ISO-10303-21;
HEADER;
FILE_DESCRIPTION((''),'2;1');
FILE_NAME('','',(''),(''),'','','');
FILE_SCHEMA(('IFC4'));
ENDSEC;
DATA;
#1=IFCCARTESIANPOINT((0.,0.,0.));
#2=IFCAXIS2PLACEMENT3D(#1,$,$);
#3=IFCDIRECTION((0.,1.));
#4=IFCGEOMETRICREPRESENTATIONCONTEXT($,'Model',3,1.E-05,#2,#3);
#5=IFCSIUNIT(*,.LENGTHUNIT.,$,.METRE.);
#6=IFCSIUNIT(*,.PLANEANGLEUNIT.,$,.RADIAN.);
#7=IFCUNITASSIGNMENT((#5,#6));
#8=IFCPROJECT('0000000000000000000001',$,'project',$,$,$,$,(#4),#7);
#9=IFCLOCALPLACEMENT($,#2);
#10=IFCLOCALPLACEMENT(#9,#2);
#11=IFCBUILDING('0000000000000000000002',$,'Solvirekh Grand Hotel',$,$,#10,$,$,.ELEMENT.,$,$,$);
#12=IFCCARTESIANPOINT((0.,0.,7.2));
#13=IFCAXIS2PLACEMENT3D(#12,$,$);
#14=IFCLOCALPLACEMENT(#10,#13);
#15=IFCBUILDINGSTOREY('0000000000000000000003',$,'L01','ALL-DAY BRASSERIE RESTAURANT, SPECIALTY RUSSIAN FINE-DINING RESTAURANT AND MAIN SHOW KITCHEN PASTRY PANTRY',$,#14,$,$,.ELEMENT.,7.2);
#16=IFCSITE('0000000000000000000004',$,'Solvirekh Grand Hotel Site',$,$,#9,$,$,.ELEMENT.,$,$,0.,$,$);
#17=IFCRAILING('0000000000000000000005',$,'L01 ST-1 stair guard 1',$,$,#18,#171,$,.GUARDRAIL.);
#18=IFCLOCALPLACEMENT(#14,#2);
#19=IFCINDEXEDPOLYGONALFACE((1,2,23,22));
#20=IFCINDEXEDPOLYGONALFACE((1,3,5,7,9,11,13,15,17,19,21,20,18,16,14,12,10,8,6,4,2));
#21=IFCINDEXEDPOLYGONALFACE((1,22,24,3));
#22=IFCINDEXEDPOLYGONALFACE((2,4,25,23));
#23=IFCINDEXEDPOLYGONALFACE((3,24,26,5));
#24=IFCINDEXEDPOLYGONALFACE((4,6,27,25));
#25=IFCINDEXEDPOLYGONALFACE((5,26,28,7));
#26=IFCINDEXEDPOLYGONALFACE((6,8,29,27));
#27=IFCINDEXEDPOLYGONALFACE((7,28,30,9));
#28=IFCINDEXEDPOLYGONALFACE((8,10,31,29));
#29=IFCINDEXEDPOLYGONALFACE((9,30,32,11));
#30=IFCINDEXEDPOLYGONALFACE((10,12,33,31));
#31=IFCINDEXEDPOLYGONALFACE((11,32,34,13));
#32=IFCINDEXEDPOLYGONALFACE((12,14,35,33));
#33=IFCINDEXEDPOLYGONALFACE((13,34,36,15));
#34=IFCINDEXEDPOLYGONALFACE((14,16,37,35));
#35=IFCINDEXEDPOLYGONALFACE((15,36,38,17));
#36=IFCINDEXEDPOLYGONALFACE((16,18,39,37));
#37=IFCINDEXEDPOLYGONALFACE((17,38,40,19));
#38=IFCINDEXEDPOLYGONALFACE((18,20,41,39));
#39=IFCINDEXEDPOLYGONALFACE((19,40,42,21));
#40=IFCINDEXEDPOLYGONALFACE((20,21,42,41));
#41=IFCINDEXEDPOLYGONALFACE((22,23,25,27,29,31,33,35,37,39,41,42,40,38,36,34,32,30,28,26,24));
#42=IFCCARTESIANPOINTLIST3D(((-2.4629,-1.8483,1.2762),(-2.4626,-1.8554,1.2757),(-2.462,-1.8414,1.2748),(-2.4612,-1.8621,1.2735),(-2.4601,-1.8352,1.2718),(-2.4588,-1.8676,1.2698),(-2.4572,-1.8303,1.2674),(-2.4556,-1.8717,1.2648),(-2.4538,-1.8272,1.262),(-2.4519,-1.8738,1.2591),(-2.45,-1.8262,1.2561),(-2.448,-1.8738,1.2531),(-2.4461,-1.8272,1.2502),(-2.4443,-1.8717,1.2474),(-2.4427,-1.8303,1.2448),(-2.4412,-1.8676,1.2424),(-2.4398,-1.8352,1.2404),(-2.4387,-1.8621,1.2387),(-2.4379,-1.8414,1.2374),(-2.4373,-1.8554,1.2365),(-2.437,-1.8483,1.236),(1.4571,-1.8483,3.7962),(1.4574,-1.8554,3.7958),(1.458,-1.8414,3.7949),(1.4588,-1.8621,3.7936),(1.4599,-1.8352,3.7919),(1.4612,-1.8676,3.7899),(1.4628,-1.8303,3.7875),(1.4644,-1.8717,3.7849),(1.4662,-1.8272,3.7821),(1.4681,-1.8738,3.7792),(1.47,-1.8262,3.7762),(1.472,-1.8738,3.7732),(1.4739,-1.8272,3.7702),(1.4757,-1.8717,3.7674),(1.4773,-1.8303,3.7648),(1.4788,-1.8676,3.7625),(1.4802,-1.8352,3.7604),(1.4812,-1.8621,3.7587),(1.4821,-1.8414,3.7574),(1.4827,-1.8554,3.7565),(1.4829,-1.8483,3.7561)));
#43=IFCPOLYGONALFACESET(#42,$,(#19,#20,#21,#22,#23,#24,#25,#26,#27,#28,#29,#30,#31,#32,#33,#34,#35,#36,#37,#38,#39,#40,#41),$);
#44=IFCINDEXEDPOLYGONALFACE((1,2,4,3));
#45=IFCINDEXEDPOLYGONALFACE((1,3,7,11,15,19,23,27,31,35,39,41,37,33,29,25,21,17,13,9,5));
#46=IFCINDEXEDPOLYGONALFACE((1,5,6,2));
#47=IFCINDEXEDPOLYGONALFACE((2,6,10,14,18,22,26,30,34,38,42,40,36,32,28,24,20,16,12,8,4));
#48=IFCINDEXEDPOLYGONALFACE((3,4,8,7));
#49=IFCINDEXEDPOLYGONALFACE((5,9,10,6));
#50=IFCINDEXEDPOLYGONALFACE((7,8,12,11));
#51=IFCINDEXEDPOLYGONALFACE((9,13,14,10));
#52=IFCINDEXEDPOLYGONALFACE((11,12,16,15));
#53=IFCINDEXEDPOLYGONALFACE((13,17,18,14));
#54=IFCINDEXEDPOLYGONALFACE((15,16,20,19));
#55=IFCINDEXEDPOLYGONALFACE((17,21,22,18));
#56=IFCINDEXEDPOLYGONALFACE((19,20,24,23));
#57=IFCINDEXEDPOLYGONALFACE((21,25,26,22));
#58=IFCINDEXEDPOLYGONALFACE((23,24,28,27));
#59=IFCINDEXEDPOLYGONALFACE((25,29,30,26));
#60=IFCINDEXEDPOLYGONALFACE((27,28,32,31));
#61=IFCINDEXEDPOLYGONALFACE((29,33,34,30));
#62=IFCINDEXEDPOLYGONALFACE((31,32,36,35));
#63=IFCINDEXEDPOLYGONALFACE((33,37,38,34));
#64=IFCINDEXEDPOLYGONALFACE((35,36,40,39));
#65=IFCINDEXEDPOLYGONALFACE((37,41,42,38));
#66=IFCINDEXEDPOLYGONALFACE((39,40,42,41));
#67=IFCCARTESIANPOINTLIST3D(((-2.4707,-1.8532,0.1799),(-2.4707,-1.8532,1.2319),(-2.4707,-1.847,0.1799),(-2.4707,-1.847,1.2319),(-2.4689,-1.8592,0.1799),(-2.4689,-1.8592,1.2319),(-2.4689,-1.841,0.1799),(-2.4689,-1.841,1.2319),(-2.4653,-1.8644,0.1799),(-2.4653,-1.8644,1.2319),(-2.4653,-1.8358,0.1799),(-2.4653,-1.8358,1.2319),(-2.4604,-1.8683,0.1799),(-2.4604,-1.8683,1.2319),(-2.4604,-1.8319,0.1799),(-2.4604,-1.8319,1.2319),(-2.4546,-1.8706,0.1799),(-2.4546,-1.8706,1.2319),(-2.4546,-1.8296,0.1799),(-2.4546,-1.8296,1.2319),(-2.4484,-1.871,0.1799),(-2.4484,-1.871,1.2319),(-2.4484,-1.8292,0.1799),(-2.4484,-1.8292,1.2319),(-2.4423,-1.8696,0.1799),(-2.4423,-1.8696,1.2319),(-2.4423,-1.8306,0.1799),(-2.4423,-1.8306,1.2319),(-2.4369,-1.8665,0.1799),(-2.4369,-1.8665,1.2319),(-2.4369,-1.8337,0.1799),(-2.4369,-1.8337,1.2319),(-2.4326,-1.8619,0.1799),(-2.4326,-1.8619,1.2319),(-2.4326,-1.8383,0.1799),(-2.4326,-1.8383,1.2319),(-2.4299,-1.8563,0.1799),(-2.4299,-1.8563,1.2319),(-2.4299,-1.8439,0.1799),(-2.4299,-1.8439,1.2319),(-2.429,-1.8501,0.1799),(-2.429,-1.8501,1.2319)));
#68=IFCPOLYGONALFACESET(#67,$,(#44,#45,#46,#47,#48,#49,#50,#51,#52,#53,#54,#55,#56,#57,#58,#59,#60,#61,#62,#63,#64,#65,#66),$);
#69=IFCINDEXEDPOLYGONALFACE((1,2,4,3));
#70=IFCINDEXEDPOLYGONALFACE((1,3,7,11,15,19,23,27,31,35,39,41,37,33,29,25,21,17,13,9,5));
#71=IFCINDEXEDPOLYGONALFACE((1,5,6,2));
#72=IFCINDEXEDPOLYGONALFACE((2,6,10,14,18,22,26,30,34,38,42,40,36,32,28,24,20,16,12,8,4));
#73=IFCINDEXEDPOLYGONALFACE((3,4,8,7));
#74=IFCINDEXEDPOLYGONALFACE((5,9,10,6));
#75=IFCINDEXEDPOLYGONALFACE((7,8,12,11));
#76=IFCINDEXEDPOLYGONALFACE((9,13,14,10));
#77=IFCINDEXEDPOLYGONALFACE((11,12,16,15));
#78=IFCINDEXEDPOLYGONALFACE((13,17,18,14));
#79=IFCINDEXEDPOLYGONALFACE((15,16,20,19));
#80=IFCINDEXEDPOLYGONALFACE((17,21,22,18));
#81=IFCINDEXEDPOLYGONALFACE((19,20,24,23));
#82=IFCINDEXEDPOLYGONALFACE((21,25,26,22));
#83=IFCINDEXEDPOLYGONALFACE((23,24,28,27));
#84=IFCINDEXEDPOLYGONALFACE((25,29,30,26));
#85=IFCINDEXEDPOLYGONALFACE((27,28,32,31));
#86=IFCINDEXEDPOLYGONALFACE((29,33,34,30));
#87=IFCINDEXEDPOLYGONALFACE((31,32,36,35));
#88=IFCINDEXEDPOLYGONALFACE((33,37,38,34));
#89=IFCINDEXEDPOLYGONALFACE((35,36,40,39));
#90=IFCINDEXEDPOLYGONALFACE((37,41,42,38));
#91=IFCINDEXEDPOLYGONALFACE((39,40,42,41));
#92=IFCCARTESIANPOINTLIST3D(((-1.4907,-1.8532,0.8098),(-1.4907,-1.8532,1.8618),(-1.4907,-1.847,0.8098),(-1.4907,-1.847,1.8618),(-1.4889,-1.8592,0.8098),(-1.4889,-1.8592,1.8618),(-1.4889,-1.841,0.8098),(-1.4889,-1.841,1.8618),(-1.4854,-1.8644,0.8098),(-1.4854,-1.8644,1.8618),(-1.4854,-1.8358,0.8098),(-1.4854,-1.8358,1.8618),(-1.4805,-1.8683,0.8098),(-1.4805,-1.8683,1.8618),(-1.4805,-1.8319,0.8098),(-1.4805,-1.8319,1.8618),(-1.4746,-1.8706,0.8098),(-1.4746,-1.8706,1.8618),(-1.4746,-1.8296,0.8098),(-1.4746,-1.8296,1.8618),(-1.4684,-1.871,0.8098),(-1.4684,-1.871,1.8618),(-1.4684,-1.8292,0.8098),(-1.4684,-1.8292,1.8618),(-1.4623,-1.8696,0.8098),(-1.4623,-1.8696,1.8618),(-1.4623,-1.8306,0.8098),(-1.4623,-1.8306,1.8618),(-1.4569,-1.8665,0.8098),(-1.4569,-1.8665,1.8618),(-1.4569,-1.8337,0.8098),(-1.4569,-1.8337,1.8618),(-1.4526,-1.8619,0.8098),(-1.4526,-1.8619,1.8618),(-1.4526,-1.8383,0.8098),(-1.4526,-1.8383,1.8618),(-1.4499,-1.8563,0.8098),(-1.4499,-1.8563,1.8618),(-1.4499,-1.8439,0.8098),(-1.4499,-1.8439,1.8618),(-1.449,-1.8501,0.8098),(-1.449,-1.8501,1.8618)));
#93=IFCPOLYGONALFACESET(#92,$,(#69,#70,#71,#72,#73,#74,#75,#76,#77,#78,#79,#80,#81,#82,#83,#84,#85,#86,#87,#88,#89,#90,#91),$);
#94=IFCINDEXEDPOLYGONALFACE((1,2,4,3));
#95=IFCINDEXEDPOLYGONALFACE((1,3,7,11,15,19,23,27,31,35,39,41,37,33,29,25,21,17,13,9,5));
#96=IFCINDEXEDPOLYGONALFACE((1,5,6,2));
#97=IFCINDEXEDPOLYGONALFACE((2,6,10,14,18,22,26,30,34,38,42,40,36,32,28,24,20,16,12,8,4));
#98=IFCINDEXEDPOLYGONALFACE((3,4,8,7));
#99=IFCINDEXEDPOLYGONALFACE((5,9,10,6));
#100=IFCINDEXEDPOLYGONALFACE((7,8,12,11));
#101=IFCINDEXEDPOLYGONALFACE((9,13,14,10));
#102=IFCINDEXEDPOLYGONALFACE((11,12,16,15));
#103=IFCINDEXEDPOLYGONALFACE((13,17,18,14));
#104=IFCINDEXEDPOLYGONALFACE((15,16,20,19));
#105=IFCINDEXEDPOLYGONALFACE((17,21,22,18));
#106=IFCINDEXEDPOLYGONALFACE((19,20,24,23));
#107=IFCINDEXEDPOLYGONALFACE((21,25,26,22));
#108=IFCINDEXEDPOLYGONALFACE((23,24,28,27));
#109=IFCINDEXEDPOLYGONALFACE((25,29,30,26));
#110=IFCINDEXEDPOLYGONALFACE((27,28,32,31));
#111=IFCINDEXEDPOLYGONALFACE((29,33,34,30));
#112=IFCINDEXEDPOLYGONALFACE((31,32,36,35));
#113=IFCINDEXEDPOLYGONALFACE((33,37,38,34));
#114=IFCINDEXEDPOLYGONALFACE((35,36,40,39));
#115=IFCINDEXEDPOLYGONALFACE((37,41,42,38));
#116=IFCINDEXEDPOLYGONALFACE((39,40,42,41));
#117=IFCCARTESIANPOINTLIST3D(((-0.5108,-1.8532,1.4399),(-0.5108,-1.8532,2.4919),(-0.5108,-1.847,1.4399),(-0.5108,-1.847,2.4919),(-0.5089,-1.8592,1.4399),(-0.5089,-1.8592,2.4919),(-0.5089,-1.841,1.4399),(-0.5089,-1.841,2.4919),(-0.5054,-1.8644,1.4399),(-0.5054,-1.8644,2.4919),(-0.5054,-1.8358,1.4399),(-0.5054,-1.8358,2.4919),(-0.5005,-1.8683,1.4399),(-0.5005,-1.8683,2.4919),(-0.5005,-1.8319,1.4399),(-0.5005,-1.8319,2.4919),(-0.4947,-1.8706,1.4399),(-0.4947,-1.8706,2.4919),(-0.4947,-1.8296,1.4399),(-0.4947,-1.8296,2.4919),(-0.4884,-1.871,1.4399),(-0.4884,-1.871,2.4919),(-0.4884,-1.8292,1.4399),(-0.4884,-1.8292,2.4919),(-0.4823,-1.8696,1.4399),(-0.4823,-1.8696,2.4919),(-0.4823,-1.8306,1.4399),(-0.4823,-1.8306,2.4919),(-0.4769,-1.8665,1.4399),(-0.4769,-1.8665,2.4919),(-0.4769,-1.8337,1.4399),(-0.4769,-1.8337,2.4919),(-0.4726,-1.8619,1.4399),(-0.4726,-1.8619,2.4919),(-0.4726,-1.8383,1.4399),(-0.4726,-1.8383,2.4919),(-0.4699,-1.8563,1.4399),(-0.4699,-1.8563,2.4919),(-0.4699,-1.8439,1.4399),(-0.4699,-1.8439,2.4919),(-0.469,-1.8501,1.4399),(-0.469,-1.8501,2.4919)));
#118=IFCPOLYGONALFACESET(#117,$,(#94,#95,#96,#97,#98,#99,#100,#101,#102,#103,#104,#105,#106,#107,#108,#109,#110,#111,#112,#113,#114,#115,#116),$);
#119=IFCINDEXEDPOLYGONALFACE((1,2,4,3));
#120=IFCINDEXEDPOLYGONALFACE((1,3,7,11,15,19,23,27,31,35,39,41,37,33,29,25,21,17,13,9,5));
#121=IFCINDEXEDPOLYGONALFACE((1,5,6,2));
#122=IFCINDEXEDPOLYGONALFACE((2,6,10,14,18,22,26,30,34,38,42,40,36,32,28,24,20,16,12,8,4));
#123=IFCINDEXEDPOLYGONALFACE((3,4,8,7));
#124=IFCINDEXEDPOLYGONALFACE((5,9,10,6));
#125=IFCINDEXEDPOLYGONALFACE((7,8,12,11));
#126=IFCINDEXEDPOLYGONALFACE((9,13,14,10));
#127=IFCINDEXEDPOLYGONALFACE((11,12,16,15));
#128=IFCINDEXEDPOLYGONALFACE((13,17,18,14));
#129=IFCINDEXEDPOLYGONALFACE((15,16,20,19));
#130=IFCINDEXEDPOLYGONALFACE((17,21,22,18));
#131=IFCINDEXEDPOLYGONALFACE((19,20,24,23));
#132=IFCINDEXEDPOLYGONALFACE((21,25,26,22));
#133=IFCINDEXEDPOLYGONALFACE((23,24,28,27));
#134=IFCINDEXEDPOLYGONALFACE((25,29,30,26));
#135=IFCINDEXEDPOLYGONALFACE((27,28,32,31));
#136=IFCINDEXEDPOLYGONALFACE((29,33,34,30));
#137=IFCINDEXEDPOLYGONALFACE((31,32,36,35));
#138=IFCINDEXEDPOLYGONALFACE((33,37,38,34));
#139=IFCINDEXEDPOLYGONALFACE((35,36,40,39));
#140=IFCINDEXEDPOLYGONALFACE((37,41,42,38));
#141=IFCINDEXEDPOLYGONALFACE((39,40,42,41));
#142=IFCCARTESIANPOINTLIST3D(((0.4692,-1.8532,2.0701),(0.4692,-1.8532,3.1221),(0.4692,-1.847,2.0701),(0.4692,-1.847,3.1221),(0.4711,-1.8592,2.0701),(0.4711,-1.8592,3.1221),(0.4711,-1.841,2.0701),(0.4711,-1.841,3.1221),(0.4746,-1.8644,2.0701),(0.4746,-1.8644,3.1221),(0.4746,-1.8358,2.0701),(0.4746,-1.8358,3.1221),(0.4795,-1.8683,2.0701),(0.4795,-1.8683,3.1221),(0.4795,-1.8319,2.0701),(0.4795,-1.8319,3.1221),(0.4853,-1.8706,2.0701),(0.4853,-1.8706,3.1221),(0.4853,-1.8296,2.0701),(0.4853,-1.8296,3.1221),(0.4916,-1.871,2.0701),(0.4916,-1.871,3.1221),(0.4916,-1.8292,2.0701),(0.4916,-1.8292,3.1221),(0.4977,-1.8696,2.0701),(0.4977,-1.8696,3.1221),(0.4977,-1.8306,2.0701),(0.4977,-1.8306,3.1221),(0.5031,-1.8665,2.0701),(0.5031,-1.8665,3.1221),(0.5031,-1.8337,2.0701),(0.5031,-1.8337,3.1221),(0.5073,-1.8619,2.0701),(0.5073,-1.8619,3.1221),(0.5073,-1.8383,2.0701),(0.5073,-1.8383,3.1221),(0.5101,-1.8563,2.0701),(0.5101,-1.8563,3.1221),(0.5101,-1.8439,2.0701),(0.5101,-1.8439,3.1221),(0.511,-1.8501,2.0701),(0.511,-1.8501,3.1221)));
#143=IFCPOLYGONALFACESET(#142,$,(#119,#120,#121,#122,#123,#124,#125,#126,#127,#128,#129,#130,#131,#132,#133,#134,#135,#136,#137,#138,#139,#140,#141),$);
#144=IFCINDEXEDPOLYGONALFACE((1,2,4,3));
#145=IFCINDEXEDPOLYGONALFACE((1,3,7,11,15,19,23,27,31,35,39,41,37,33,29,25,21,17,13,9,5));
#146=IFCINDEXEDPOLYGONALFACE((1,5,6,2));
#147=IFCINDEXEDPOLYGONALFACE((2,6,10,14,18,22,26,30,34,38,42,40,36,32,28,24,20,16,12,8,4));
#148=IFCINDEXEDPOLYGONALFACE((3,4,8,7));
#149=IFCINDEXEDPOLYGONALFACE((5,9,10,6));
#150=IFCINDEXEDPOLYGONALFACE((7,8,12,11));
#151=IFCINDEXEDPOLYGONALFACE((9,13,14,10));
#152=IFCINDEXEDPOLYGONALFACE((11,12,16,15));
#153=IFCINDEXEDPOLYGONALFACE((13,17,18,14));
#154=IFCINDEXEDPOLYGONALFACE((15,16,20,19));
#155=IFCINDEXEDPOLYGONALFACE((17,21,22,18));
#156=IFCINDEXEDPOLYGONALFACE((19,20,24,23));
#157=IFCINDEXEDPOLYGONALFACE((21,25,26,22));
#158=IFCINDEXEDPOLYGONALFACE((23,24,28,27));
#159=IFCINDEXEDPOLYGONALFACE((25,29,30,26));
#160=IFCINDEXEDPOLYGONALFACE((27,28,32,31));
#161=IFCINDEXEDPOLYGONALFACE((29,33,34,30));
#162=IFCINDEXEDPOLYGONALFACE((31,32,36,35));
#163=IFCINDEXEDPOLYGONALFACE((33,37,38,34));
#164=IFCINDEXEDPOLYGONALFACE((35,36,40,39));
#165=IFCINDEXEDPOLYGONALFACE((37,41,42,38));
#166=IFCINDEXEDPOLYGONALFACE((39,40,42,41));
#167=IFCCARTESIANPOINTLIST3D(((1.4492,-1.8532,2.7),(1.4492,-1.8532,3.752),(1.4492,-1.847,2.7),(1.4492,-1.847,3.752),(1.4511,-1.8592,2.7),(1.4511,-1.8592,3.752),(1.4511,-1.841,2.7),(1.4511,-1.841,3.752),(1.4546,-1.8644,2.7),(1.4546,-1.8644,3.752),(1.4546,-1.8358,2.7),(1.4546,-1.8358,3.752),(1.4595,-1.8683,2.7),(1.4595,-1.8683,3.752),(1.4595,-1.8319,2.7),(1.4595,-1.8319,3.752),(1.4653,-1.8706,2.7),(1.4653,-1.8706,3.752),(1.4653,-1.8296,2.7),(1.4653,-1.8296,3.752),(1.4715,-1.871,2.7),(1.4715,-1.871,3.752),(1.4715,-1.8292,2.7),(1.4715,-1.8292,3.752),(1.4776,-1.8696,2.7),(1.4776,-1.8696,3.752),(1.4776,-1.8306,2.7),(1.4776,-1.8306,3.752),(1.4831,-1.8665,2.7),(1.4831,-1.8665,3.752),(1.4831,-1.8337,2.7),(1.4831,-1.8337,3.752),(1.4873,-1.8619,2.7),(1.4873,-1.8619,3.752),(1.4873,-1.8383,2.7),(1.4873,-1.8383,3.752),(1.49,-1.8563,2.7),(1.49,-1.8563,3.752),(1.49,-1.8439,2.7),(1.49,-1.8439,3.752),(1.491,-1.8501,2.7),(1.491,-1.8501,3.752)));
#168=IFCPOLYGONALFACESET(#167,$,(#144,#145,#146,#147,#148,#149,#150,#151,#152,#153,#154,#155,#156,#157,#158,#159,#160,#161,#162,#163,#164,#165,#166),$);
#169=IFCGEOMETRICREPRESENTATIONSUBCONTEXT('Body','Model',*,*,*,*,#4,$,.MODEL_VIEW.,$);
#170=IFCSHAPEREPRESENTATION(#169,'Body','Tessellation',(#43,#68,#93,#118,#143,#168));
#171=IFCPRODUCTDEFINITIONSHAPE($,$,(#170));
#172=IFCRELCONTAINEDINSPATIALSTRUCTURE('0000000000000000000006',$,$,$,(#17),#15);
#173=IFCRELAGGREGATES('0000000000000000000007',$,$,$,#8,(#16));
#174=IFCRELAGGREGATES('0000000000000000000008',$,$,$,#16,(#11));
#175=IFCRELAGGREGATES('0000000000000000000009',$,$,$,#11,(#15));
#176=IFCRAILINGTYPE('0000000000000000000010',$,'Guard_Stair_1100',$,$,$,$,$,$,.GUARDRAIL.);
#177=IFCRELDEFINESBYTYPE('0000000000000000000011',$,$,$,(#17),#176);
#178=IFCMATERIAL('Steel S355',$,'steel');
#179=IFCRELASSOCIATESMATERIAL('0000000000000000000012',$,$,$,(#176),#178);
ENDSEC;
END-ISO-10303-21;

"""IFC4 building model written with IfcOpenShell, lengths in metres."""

from ifc_helpers import new_model, si_unit, direction, frame, origin, origin_2d, place, context, subcontext, project, spatial, circle, extrude, material, type_object, element, save


model = new_model("IFC4")

# Units and contexts
model_context = context("Model", 3, precision=1e-05, world=origin(), true_north=direction((0.0, 1.0)))
body_context = subcontext(model_context, "Body", "Model", "MODEL_VIEW")
ifc_project = project(units=[si_unit("LENGTHUNIT", "METRE"), si_unit("PLANEANGLEUNIT", "RADIAN")], contexts=[model_context])

# Site, building, storey
site_placement = place(None, origin())
site = spatial("IfcSite", under=ifc_project, at=site_placement, Name="Solvirekh Grand Hotel Site", CompositionType="ELEMENT", RefElevation=0.0)
building_placement = place(site_placement, origin())
building = spatial("IfcBuilding", under=site, at=building_placement, Name="Solvirekh Grand Hotel", CompositionType="ELEMENT")
storey_placement = place(building_placement, frame((0.0, 0.0, 7.2)))
storey = spatial("IfcBuildingStorey", under=building, at=storey_placement, Name="L01", Description="ALL-DAY BRASSERIE RESTAURANT, SPECIALTY RUSSIAN FINE-DINING RESTAURANT AND MAIN SHOW KITCHEN PASTRY PANTRY", CompositionType="ELEMENT", Elevation=7.2)

# Railing
ifc_material_1 = material(Name="Steel S355", Category="steel")
railing_type_1 = type_object("IfcRailingType", Name="Guard_Stair_1100", PredefinedType="GUARDRAIL", material=ifc_material_1)
railing_1_placement = place(storey_placement, frame((-2.45, -1.8501, 0.1799)))
element("IfcRailing", 1, at=railing_1_placement, inside=storey, type_object=railing_type_1, Name="L01 ST-1 stair guard 1", PredefinedType="GUARDRAIL", context=body_context, shape_type="SweptSolid", body=[
    extrude(circle(Radius=0.0239, at=origin_2d()), frame((0.0, 0.0, 1.0762), z_axis=(0.841172, 0.0, 0.540768), x_axis=(0.0, 1.0, 0.0)), (0.0, 0.0, 1.0), 4.6602),
    extrude(circle(Radius=0.021, at=origin_2d()), origin(), (0.0, 0.0, 1.0), 1.052),
    extrude(circle(Radius=0.021, at=origin_2d()), frame((0.98, 0.0, 0.6299)), (0.0, 0.0, 1.0), 1.052),
    extrude(circle(Radius=0.021, at=origin_2d()), frame((1.96, 0.0, 1.26)), (0.0, 0.0, 1.0), 1.052),
    extrude(circle(Radius=0.021, at=origin_2d()), frame((2.9399, 0.0, 1.8901)), (0.0, 0.0, 1.0), 1.052),
    extrude(circle(Radius=0.021, at=origin_2d()), frame((3.9199, 0.0, 2.52)), (0.0, 0.0, 1.0), 1.052),
])

save(model, "model.ifc")
